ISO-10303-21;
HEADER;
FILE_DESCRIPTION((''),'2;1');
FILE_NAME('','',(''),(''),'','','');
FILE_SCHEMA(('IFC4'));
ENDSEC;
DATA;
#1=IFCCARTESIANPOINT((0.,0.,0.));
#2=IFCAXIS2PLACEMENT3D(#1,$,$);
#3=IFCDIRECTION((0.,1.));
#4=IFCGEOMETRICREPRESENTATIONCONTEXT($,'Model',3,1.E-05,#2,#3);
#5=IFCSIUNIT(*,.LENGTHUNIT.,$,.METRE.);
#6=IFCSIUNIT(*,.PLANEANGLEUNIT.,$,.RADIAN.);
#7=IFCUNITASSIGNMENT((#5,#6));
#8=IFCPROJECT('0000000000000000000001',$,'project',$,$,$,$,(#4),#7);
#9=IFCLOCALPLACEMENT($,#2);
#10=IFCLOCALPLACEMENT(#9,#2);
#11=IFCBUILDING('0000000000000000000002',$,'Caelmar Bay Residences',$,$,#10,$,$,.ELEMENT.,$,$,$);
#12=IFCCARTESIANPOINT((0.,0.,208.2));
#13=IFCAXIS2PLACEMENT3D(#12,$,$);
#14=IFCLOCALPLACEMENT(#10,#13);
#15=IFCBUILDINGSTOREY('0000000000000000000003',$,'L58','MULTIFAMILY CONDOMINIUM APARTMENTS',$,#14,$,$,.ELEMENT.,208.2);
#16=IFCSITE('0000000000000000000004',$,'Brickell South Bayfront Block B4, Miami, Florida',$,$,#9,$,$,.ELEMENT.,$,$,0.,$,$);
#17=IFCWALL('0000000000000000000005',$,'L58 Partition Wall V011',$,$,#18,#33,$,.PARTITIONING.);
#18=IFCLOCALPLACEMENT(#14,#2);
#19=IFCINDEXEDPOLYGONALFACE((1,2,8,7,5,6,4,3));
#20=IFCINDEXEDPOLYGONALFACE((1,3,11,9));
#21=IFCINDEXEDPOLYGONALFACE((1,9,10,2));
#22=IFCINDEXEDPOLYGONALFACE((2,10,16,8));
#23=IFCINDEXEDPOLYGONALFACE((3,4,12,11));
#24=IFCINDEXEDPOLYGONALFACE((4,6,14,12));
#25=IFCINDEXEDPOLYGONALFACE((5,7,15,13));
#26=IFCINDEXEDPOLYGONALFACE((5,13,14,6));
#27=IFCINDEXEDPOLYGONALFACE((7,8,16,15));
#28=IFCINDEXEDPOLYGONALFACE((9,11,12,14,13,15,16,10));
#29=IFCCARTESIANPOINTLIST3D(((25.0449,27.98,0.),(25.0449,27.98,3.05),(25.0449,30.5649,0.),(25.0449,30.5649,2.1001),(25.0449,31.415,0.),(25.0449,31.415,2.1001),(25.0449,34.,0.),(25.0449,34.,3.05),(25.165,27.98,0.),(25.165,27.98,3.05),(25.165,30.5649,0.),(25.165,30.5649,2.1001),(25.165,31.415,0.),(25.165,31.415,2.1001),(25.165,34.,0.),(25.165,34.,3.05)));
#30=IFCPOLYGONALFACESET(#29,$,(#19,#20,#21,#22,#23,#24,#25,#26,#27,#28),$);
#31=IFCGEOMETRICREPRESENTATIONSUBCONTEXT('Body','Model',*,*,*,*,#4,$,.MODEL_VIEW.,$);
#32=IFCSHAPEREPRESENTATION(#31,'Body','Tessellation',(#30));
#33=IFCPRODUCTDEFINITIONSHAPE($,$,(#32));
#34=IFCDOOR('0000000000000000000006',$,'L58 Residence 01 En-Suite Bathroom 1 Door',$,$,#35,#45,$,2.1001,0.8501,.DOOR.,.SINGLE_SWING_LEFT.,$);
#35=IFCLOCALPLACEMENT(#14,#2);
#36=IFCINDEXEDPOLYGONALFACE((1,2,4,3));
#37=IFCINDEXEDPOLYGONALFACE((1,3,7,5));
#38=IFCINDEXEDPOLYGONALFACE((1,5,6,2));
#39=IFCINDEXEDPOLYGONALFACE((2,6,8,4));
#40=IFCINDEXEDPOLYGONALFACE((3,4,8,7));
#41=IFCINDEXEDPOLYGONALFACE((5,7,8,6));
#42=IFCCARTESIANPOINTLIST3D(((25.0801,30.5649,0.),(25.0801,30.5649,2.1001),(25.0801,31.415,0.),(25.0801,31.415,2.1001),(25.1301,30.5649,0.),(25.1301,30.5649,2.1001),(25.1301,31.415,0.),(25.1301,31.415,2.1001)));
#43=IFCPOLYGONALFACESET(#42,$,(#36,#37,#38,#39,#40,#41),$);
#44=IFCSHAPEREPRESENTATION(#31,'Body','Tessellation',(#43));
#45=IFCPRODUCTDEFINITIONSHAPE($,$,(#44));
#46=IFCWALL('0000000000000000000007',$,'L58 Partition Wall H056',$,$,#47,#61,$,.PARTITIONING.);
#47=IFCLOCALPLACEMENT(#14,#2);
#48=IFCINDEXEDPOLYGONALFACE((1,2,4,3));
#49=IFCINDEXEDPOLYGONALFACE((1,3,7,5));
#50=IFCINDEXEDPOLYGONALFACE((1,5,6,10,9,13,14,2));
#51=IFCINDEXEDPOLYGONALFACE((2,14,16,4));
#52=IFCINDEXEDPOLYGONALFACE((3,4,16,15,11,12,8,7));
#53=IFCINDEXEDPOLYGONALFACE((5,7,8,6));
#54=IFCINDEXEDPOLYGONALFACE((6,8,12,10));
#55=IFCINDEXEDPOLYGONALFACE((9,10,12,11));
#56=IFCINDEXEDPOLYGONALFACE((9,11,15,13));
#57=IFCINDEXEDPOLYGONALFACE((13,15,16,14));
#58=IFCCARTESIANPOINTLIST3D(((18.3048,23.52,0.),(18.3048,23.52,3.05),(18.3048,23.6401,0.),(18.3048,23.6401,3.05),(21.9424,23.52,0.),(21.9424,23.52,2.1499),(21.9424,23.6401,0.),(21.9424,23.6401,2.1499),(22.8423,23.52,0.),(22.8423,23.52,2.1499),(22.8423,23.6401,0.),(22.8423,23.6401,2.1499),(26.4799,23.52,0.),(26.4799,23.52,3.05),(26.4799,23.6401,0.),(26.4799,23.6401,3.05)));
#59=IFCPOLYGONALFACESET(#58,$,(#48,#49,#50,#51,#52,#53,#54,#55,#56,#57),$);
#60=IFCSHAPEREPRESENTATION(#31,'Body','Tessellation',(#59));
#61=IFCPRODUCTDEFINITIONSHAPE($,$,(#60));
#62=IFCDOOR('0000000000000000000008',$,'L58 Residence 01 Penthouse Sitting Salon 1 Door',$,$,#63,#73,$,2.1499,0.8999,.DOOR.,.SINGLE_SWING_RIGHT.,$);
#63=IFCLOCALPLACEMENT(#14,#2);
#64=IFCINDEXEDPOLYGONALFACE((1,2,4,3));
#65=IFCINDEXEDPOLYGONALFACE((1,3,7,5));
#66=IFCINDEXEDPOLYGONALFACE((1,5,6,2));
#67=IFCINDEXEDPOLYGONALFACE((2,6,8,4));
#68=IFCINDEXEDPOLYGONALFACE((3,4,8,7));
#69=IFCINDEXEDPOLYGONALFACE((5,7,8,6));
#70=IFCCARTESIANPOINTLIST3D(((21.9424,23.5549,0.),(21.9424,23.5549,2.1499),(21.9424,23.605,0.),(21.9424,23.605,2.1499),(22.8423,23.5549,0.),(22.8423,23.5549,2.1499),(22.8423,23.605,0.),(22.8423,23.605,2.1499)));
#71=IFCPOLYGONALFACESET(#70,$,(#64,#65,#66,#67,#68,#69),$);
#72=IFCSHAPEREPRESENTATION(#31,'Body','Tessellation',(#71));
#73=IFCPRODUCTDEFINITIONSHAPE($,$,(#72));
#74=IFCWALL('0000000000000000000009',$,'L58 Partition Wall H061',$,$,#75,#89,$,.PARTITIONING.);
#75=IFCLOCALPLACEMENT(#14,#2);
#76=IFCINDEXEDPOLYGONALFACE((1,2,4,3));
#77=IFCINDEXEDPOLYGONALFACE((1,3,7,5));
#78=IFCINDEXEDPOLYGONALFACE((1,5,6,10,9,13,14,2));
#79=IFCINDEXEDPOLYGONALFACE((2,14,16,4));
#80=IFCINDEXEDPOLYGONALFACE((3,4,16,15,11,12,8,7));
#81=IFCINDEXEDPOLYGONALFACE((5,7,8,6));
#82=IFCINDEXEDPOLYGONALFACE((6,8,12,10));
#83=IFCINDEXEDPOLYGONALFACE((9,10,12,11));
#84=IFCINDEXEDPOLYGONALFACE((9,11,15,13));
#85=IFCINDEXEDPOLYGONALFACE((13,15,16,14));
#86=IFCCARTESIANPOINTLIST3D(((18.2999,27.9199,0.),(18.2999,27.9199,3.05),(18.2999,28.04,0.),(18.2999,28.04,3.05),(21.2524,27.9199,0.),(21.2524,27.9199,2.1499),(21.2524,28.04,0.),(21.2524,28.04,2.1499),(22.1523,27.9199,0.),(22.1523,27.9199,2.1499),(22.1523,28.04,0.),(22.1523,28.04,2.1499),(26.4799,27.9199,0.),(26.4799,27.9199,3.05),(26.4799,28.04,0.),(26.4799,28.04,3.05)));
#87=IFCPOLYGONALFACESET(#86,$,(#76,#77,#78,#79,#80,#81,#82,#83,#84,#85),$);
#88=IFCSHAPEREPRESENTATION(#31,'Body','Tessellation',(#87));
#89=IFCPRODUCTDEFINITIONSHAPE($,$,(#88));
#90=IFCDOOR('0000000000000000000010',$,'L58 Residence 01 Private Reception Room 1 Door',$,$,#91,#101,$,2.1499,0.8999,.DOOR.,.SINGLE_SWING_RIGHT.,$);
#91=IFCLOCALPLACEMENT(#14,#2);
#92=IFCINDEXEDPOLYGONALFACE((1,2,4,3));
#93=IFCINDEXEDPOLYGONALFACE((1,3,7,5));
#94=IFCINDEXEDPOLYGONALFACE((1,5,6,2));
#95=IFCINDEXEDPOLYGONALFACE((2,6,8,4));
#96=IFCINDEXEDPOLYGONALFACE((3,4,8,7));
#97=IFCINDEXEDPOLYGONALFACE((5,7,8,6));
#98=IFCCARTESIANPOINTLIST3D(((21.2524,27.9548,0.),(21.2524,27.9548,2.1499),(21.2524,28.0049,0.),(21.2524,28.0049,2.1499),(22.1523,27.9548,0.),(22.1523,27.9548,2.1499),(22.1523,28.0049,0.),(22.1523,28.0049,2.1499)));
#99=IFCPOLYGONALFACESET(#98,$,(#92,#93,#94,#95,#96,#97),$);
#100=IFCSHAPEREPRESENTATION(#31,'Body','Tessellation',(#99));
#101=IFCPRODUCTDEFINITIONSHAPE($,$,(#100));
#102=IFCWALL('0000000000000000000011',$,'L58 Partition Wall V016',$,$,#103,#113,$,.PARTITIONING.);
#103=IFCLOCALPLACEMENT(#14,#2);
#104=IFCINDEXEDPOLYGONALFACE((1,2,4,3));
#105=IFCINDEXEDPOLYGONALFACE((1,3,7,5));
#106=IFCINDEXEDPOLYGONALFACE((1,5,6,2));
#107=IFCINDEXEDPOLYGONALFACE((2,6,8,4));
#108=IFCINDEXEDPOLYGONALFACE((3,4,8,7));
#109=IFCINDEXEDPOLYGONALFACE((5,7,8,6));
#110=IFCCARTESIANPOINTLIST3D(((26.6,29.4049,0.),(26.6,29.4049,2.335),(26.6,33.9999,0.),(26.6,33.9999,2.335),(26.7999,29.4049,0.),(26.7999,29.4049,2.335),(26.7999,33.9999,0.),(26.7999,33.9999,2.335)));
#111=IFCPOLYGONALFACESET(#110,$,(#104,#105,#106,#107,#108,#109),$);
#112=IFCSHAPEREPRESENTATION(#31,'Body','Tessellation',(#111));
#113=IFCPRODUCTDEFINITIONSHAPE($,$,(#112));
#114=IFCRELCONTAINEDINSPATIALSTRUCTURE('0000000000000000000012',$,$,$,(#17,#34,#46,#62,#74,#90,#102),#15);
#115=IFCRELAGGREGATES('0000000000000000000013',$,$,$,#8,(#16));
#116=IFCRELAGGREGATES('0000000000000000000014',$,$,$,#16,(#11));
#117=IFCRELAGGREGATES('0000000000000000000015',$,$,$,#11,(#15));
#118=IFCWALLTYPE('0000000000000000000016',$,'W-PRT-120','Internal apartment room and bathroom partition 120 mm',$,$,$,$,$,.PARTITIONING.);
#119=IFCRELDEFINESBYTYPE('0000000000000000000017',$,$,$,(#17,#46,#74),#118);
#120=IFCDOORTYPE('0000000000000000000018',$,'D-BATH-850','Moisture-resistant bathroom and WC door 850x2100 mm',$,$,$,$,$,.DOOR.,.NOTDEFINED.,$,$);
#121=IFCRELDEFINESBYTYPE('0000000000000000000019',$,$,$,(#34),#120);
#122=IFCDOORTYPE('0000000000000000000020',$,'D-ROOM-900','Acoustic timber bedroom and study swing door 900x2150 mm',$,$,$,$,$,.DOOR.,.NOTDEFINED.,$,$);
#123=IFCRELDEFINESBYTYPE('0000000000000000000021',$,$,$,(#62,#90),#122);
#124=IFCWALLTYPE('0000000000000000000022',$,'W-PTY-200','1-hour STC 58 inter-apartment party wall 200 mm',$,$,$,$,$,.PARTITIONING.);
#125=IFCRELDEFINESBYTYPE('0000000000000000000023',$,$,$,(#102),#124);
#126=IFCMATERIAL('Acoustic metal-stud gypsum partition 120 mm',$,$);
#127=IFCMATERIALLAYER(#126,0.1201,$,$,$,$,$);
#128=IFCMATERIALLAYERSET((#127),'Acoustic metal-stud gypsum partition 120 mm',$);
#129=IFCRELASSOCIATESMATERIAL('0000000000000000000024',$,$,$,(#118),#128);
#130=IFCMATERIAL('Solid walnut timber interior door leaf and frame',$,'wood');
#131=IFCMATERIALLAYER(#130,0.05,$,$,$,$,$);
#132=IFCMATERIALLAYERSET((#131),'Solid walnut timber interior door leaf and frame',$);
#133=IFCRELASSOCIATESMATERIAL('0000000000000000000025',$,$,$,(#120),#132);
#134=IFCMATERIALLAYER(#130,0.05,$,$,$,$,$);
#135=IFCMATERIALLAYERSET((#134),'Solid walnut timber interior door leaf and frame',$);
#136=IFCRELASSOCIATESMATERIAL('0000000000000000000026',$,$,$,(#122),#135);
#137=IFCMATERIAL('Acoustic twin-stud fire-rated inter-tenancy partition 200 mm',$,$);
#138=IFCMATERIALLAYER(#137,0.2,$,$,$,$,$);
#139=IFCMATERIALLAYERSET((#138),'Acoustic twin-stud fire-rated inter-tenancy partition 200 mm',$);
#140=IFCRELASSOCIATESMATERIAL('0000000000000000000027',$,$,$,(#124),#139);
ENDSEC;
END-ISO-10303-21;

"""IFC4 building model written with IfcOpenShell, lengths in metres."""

from ifc_helpers import new_model, si_unit, direction, frame, frame_2d, origin, place, context, subcontext, project, spatial, rectangle, extrude, material, layer, layer_set, type_object, element, fill, save


model = new_model("IFC4")

# Units and contexts
model_context = context("Model", 3, precision=1e-05, world=origin(), true_north=direction((0.0, 1.0)))
body_context = subcontext(model_context, "Body", "Model", "MODEL_VIEW")
ifc_project = project(units=[si_unit("LENGTHUNIT", "METRE"), si_unit("PLANEANGLEUNIT", "RADIAN")], contexts=[model_context])

# Site, building, storey
site_placement = place(None, origin())
site = spatial("IfcSite", under=ifc_project, at=site_placement, Name="Brickell South Bayfront Block B4, Miami, Florida", CompositionType="ELEMENT", RefElevation=0.0)
building_placement = place(site_placement, origin())
building = spatial("IfcBuilding", under=site, at=building_placement, Name="Caelmar Bay Residences", CompositionType="ELEMENT")
storey_placement = place(building_placement, frame((0.0, 0.0, 208.2)))
storey = spatial("IfcBuildingStorey", under=building, at=storey_placement, Name="L58", Description="MULTIFAMILY CONDOMINIUM APARTMENTS", CompositionType="ELEMENT", Elevation=208.2)

# Walls, openings, doors
ifc_material_1 = material(Name="Acoustic metal-stud gypsum partition 120 mm")
ifc_layer_1 = layer(ifc_material_1, 0.1201)
ifc_layer_set_1 = layer_set([ifc_layer_1], Name="Acoustic metal-stud gypsum partition 120 mm")
wall_type_1 = type_object("IfcWallType", Name="W-PRT-120", Description="Internal apartment room and bathroom partition 120 mm", PredefinedType="PARTITIONING", material=ifc_layer_set_1)
wall_1_placement = place(storey_placement, frame((25.105, 27.98, 0.0), z_axis=(0.0, 0.0, 1.0), x_axis=(0.0, 1.0, 0.0)))
wall_1 = element("IfcWall", 1, at=wall_1_placement, inside=storey, type_object=wall_type_1, Name="L58 Partition Wall V011", PredefinedType="PARTITIONING", context=body_context, shape_type="SweptSolid", body=[
    extrude(rectangle(XDim=6.02, YDim=0.1201, at=frame_2d((3.01, 0.0))), origin(), (0.0, 0.0, 1.0), 3.05),
])
opening_1_placement = place(wall_1_placement, frame((2.585, 0.0, 0.0)))
opening_1 = element("IfcOpeningElement", 2, at=opening_1_placement, cuts=wall_1, PredefinedType="OPENING", context=body_context, shape_type="SweptSolid", body=[
    extrude(rectangle(XDim=0.8501, YDim=2.1001, at=frame_2d((0.425, 1.05))), frame((0.0, 0.0701, 0.0), z_axis=(0.0, -1.0, 0.0), x_axis=(1.0, 0.0, 0.0)), (0.0, 0.0, 1.0), 0.1401),
])
ifc_material_2 = material(Name="Solid walnut timber interior door leaf and frame", Category="wood")
ifc_layer_2 = layer(ifc_material_2, 0.05)
ifc_layer_set_2 = layer_set([ifc_layer_2], Name="Solid walnut timber interior door leaf and frame")
door_type_1 = type_object("IfcDoorType", Name="D-BATH-850", Description="Moisture-resistant bathroom and WC door 850x2100 mm", OperationType="NOTDEFINED", PredefinedType="DOOR", material=ifc_layer_set_2)
door_1_placement = place(opening_1_placement, origin())
door_1 = element("IfcDoor", 3, at=door_1_placement, inside=storey, type_object=door_type_1, Name="L58 Residence 01 En-Suite Bathroom 1 Door", OperationType="SINGLE_SWING_LEFT", OverallHeight=2.1001, OverallWidth=0.8501, PredefinedType="DOOR", context=body_context, shape_type="SweptSolid", body=[
    extrude(rectangle(XDim=0.8501, YDim=2.1001, at=frame_2d((0.425, 1.05))), frame((0.0, 0.0249, 0.0), z_axis=(0.0, -1.0, 0.0), x_axis=(1.0, 0.0, 0.0)), (0.0, 0.0, 1.0), 0.05),
])
fill(opening_1, door_1)
wall_2_placement = place(storey_placement, frame((18.3049, 23.5801, 0.0), z_axis=(0.0, 0.0, 1.0), x_axis=(1.0, 0.0, 0.0)))
wall_2 = element("IfcWall", 4, at=wall_2_placement, inside=storey, type_object=wall_type_1, Name="L58 Partition Wall H056", PredefinedType="PARTITIONING", context=body_context, shape_type="SweptSolid", body=[
    extrude(rectangle(XDim=8.175, YDim=0.1201, at=frame_2d((4.0874, 0.0))), origin(), (0.0, 0.0, 1.0), 3.05),
])
opening_2_placement = place(wall_2_placement, frame((3.6375, 0.0, 0.0)))
opening_2 = element("IfcOpeningElement", 5, at=opening_2_placement, cuts=wall_2, PredefinedType="OPENING", context=body_context, shape_type="SweptSolid", body=[
    extrude(rectangle(XDim=0.8999, YDim=2.1499, at=frame_2d((0.45, 1.075))), frame((0.0, 0.0701, 0.0), z_axis=(0.0, -1.0, 0.0), x_axis=(1.0, 0.0, 0.0)), (0.0, 0.0, 1.0), 0.1401),
])
ifc_layer_3 = layer(ifc_material_2, 0.05)
ifc_layer_set_3 = layer_set([ifc_layer_3], Name="Solid walnut timber interior door leaf and frame")
door_type_2 = type_object("IfcDoorType", Name="D-ROOM-900", Description="Acoustic timber bedroom and study swing door 900x2150 mm", OperationType="NOTDEFINED", PredefinedType="DOOR", material=ifc_layer_set_3)
door_2_placement = place(opening_2_placement, origin())
door_2 = element("IfcDoor", 6, at=door_2_placement, inside=storey, type_object=door_type_2, Name="L58 Residence 01 Penthouse Sitting Salon 1 Door", OperationType="SINGLE_SWING_RIGHT", OverallHeight=2.1499, OverallWidth=0.8999, PredefinedType="DOOR", context=body_context, shape_type="SweptSolid", body=[
    extrude(rectangle(XDim=0.8999, YDim=2.1499, at=frame_2d((0.45, 1.075))), frame((0.0, 0.0249, 0.0), z_axis=(0.0, -1.0, 0.0), x_axis=(1.0, 0.0, 0.0)), (0.0, 0.0, 1.0), 0.05),
])
fill(opening_2, door_2)
wall_3_placement = place(storey_placement, frame((18.3, 27.98, 0.0), z_axis=(0.0, 0.0, 1.0), x_axis=(1.0, 0.0, 0.0)))
wall_3 = element("IfcWall", 7, at=wall_3_placement, inside=storey, type_object=wall_type_1, Name="L58 Partition Wall H061", PredefinedType="PARTITIONING", context=body_context, shape_type="SweptSolid", body=[
    extrude(rectangle(XDim=8.1799, YDim=0.1201, at=frame_2d((4.0898, 0.0))), origin(), (0.0, 0.0, 1.0), 3.05),
])
opening_3_placement = place(wall_3_placement, frame((2.9524, 0.0, 0.0)))
opening_3 = element("IfcOpeningElement", 8, at=opening_3_placement, cuts=wall_3, PredefinedType="OPENING", context=body_context, shape_type="SweptSolid", body=[
    extrude(rectangle(XDim=0.8999, YDim=2.1499, at=frame_2d((0.45, 1.075))), frame((0.0, 0.0701, 0.0), z_axis=(0.0, -1.0, 0.0), x_axis=(1.0, 0.0, 0.0)), (0.0, 0.0, 1.0), 0.1401),
])
door_3_placement = place(opening_3_placement, origin())
door_3 = element("IfcDoor", 9, at=door_3_placement, inside=storey, type_object=door_type_2, Name="L58 Residence 01 Private Reception Room 1 Door", OperationType="SINGLE_SWING_RIGHT", OverallHeight=2.1499, OverallWidth=0.8999, PredefinedType="DOOR", context=body_context, shape_type="SweptSolid", body=[
    extrude(rectangle(XDim=0.8999, YDim=2.1499, at=frame_2d((0.45, 1.075))), frame((0.0, 0.0249, 0.0), z_axis=(0.0, -1.0, 0.0), x_axis=(1.0, 0.0, 0.0)), (0.0, 0.0, 1.0), 0.05),
])
fill(opening_3, door_3)

# Wall
ifc_material_3 = material(Name="Acoustic twin-stud fire-rated inter-tenancy partition 200 mm")
ifc_layer_4 = layer(ifc_material_3, 0.2)
ifc_layer_set_4 = layer_set([ifc_layer_4], Name="Acoustic twin-stud fire-rated inter-tenancy partition 200 mm")
wall_type_2 = type_object("IfcWallType", Name="W-PTY-200", Description="1-hour STC 58 inter-apartment party wall 200 mm", PredefinedType="PARTITIONING", material=ifc_layer_set_4)
wall_4_placement = place(storey_placement, frame((26.7, 29.405, 0.0), z_axis=(0.0, 0.0, 1.0), x_axis=(0.0, 1.0, 0.0)))
element("IfcWall", 10, at=wall_4_placement, inside=storey, type_object=wall_type_2, Name="L58 Partition Wall V016", PredefinedType="PARTITIONING", context=body_context, shape_type="SweptSolid", body=[
    extrude(rectangle(XDim=4.595, YDim=0.2, at=frame_2d((2.2974, 0.0))), origin(), (0.0, 0.0, 1.0), 2.335),
])

save(model, "model.ifc")
